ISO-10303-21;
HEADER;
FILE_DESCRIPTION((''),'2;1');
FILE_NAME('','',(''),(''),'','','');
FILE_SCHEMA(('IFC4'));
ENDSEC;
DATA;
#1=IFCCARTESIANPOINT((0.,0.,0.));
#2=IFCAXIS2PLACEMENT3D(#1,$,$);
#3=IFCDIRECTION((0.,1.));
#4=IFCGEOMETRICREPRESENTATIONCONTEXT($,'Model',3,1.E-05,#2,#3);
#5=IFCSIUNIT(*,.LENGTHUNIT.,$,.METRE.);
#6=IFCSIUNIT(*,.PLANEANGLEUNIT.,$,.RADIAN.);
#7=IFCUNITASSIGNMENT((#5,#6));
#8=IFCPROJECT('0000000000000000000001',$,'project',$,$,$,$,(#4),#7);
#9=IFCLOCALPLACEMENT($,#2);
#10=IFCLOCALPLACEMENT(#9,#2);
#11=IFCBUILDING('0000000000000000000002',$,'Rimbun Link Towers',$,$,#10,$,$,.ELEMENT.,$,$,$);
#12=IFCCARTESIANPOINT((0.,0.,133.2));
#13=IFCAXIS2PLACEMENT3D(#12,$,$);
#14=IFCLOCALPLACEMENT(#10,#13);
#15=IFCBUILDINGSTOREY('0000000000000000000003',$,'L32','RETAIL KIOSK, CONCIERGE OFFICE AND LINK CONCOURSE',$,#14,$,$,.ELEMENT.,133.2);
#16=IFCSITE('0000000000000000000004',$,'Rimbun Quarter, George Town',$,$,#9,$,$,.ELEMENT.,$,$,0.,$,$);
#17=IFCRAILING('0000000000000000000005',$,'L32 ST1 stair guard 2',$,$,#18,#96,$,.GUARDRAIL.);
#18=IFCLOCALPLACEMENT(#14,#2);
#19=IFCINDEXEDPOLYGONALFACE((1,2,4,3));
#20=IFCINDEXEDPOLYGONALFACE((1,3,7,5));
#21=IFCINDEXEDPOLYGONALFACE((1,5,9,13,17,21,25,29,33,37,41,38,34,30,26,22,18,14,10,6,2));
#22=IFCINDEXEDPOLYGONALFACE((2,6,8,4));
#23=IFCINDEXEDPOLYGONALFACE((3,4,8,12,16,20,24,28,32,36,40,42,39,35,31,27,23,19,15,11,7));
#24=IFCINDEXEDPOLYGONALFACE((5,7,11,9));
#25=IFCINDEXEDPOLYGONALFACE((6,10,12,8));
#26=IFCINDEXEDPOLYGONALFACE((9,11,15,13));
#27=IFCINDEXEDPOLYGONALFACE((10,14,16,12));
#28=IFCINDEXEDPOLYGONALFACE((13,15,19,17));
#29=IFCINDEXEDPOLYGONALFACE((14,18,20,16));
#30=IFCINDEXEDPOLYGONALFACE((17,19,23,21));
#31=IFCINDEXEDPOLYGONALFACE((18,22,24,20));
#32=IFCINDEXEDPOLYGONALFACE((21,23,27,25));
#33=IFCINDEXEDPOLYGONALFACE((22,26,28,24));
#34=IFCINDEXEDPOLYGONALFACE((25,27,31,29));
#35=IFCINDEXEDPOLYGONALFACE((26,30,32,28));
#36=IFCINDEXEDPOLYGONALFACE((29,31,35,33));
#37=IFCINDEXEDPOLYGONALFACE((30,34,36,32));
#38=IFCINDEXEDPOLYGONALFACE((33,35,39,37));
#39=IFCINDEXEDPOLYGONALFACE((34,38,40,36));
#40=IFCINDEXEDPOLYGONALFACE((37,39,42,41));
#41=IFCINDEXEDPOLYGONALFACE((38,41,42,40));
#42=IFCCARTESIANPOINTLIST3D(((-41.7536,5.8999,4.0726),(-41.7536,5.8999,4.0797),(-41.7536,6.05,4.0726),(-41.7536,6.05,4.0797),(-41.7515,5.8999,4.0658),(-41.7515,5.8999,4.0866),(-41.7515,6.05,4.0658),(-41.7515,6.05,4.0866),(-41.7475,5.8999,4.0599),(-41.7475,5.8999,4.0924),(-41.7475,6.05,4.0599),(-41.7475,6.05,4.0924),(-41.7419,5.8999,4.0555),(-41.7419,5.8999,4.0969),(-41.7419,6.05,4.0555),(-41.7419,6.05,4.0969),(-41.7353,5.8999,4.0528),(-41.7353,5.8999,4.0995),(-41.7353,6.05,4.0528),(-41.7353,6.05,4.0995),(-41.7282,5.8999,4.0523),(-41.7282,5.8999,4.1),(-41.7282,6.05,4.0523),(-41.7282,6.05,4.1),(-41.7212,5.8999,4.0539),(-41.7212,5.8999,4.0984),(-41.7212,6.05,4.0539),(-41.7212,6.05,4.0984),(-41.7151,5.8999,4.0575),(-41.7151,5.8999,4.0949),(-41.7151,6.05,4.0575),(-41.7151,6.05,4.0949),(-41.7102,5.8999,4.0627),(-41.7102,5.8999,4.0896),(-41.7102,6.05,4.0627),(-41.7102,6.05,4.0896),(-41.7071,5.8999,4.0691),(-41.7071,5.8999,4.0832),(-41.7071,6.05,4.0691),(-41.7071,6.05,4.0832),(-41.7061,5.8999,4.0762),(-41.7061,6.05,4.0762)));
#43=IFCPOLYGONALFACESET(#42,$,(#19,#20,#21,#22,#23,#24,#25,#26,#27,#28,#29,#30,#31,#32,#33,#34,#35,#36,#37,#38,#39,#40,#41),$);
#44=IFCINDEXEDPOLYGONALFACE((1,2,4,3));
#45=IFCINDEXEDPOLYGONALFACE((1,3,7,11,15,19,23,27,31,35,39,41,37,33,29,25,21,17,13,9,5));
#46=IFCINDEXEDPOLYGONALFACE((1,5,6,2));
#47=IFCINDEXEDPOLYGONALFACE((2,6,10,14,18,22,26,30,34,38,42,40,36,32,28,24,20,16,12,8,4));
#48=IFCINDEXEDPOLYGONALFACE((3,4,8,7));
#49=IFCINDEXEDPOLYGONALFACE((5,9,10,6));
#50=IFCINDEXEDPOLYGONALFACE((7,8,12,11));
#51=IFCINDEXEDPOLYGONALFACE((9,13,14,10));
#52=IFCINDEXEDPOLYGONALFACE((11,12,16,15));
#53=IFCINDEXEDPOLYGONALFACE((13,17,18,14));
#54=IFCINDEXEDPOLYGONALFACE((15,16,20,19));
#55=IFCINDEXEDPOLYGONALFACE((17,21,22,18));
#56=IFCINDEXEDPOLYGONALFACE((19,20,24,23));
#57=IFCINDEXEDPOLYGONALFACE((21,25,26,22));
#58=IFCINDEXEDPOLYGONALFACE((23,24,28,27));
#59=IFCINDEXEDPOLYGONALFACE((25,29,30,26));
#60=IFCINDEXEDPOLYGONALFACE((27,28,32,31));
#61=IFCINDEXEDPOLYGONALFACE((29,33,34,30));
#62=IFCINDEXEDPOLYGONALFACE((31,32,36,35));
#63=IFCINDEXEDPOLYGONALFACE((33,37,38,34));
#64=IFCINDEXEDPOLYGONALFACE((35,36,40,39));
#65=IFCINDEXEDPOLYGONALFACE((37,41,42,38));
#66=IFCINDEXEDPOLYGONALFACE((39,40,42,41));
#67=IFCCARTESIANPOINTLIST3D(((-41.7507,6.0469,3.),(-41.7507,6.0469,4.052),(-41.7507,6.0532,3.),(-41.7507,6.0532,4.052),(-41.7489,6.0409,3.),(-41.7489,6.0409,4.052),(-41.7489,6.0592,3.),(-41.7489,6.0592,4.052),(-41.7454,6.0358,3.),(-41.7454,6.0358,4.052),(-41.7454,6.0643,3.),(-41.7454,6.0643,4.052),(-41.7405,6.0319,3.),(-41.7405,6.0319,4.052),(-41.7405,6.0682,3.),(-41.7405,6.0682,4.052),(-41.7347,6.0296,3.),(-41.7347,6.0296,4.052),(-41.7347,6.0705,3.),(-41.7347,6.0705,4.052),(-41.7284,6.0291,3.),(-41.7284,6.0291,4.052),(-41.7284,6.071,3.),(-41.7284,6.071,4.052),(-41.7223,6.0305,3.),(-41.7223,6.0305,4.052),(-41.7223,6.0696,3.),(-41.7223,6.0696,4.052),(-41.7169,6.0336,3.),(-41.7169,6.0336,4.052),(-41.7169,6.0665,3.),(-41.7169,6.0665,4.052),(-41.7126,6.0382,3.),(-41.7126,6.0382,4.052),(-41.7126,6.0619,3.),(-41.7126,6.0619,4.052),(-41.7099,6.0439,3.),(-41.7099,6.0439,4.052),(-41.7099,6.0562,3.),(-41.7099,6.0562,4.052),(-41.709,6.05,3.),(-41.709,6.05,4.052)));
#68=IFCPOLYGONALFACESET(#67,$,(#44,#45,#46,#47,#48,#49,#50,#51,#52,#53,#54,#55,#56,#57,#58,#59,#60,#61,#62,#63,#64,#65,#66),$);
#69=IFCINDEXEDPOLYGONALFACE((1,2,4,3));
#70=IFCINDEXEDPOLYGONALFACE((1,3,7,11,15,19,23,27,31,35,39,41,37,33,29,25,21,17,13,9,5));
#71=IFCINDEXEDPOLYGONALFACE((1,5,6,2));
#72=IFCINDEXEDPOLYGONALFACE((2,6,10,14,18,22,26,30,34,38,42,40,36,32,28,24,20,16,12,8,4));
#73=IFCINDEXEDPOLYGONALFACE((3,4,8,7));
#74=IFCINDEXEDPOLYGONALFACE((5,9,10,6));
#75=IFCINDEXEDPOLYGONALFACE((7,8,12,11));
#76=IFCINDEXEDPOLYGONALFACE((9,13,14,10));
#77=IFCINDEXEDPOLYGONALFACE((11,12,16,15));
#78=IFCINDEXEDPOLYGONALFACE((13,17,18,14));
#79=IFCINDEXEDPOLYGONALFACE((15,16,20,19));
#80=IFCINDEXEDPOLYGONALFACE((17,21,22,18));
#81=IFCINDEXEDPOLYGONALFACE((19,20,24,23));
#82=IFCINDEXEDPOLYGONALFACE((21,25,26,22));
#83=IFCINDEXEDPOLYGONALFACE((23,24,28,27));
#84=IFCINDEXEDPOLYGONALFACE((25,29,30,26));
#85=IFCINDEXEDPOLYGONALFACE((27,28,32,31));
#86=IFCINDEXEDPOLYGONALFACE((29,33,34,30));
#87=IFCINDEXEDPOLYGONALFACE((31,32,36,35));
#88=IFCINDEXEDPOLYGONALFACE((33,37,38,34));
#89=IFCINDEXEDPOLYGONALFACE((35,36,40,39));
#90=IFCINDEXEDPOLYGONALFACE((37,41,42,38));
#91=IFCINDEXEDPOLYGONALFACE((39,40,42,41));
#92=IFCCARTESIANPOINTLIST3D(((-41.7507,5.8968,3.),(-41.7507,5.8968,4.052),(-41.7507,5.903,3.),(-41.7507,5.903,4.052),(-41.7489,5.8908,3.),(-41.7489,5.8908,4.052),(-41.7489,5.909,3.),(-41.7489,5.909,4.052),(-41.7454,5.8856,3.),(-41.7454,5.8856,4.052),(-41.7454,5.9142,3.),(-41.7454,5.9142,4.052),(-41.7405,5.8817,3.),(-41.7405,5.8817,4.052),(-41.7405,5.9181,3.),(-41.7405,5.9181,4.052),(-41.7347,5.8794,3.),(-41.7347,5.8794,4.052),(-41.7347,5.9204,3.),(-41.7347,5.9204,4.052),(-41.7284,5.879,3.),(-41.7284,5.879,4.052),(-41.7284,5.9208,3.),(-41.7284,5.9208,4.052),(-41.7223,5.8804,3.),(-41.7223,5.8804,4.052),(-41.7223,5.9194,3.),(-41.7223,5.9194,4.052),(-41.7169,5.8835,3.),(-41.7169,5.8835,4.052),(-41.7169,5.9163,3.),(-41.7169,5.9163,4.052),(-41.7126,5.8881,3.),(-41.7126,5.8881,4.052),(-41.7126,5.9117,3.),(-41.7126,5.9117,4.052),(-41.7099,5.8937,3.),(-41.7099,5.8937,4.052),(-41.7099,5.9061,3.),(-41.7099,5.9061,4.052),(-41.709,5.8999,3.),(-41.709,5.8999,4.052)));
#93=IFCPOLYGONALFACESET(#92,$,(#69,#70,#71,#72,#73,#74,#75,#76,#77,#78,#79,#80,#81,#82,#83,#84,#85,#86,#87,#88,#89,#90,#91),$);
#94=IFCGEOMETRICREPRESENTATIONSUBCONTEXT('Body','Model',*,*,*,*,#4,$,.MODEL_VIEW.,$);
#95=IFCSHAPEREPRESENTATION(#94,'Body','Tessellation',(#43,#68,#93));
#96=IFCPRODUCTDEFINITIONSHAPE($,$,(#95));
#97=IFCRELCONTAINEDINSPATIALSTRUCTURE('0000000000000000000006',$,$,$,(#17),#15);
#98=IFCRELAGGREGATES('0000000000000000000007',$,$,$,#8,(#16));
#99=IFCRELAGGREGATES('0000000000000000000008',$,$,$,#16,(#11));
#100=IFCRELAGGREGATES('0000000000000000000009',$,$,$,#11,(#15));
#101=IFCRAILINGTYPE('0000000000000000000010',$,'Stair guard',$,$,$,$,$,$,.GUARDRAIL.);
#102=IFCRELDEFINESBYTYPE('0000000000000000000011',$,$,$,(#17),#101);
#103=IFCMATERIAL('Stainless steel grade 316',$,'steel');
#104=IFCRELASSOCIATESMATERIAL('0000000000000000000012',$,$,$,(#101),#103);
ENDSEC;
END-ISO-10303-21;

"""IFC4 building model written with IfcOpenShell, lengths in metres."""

from ifc_helpers import new_model, si_unit, direction, frame, origin, origin_2d, place, context, subcontext, project, spatial, circle, extrude, material, type_object, element, save


model = new_model("IFC4")

# Units and contexts
model_context = context("Model", 3, precision=1e-05, world=origin(), true_north=direction((0.0, 1.0)))
body_context = subcontext(model_context, "Body", "Model", "MODEL_VIEW")
ifc_project = project(units=[si_unit("LENGTHUNIT", "METRE"), si_unit("PLANEANGLEUNIT", "RADIAN")], contexts=[model_context])

# Site, building, storey
site_placement = place(None, origin())
site = spatial("IfcSite", under=ifc_project, at=site_placement, Name="Rimbun Quarter, George Town", CompositionType="ELEMENT", RefElevation=0.0)
building_placement = place(site_placement, origin())
building = spatial("IfcBuilding", under=site, at=building_placement, Name="Rimbun Link Towers", CompositionType="ELEMENT")
storey_placement = place(building_placement, frame((0.0, 0.0, 133.2)))
storey = spatial("IfcBuildingStorey", under=building, at=storey_placement, Name="L32", Description="RETAIL KIOSK, CONCIERGE OFFICE AND LINK CONCOURSE", CompositionType="ELEMENT", Elevation=133.2)

# Railing
ifc_material_1 = material(Name="Stainless steel grade 316", Category="steel")
railing_type_1 = type_object("IfcRailingType", Name="Stair guard", PredefinedType="GUARDRAIL", material=ifc_material_1)
railing_1_placement = place(storey_placement, frame((-41.73, 6.05, 3.0)))
element("IfcRailing", 1, at=railing_1_placement, inside=storey, type_object=railing_type_1, Name="L32 ST1 stair guard 2", PredefinedType="GUARDRAIL", context=body_context, shape_type="SweptSolid", body=[
    extrude(circle(Radius=0.0239, at=origin_2d()), frame((0.0, 0.0, 1.0762), z_axis=(0.0, -1.0, 0.0), x_axis=(1.0, 0.0, 0.0)), (0.0, 0.0, 1.0), 0.1501),
    extrude(circle(Radius=0.021, at=origin_2d()), origin(), (0.0, 0.0, 1.0), 1.052),
    extrude(circle(Radius=0.021, at=origin_2d()), frame((0.0, -0.1501, 0.0)), (0.0, 0.0, 1.0), 1.052),
])

save(model, "model.ifc")
